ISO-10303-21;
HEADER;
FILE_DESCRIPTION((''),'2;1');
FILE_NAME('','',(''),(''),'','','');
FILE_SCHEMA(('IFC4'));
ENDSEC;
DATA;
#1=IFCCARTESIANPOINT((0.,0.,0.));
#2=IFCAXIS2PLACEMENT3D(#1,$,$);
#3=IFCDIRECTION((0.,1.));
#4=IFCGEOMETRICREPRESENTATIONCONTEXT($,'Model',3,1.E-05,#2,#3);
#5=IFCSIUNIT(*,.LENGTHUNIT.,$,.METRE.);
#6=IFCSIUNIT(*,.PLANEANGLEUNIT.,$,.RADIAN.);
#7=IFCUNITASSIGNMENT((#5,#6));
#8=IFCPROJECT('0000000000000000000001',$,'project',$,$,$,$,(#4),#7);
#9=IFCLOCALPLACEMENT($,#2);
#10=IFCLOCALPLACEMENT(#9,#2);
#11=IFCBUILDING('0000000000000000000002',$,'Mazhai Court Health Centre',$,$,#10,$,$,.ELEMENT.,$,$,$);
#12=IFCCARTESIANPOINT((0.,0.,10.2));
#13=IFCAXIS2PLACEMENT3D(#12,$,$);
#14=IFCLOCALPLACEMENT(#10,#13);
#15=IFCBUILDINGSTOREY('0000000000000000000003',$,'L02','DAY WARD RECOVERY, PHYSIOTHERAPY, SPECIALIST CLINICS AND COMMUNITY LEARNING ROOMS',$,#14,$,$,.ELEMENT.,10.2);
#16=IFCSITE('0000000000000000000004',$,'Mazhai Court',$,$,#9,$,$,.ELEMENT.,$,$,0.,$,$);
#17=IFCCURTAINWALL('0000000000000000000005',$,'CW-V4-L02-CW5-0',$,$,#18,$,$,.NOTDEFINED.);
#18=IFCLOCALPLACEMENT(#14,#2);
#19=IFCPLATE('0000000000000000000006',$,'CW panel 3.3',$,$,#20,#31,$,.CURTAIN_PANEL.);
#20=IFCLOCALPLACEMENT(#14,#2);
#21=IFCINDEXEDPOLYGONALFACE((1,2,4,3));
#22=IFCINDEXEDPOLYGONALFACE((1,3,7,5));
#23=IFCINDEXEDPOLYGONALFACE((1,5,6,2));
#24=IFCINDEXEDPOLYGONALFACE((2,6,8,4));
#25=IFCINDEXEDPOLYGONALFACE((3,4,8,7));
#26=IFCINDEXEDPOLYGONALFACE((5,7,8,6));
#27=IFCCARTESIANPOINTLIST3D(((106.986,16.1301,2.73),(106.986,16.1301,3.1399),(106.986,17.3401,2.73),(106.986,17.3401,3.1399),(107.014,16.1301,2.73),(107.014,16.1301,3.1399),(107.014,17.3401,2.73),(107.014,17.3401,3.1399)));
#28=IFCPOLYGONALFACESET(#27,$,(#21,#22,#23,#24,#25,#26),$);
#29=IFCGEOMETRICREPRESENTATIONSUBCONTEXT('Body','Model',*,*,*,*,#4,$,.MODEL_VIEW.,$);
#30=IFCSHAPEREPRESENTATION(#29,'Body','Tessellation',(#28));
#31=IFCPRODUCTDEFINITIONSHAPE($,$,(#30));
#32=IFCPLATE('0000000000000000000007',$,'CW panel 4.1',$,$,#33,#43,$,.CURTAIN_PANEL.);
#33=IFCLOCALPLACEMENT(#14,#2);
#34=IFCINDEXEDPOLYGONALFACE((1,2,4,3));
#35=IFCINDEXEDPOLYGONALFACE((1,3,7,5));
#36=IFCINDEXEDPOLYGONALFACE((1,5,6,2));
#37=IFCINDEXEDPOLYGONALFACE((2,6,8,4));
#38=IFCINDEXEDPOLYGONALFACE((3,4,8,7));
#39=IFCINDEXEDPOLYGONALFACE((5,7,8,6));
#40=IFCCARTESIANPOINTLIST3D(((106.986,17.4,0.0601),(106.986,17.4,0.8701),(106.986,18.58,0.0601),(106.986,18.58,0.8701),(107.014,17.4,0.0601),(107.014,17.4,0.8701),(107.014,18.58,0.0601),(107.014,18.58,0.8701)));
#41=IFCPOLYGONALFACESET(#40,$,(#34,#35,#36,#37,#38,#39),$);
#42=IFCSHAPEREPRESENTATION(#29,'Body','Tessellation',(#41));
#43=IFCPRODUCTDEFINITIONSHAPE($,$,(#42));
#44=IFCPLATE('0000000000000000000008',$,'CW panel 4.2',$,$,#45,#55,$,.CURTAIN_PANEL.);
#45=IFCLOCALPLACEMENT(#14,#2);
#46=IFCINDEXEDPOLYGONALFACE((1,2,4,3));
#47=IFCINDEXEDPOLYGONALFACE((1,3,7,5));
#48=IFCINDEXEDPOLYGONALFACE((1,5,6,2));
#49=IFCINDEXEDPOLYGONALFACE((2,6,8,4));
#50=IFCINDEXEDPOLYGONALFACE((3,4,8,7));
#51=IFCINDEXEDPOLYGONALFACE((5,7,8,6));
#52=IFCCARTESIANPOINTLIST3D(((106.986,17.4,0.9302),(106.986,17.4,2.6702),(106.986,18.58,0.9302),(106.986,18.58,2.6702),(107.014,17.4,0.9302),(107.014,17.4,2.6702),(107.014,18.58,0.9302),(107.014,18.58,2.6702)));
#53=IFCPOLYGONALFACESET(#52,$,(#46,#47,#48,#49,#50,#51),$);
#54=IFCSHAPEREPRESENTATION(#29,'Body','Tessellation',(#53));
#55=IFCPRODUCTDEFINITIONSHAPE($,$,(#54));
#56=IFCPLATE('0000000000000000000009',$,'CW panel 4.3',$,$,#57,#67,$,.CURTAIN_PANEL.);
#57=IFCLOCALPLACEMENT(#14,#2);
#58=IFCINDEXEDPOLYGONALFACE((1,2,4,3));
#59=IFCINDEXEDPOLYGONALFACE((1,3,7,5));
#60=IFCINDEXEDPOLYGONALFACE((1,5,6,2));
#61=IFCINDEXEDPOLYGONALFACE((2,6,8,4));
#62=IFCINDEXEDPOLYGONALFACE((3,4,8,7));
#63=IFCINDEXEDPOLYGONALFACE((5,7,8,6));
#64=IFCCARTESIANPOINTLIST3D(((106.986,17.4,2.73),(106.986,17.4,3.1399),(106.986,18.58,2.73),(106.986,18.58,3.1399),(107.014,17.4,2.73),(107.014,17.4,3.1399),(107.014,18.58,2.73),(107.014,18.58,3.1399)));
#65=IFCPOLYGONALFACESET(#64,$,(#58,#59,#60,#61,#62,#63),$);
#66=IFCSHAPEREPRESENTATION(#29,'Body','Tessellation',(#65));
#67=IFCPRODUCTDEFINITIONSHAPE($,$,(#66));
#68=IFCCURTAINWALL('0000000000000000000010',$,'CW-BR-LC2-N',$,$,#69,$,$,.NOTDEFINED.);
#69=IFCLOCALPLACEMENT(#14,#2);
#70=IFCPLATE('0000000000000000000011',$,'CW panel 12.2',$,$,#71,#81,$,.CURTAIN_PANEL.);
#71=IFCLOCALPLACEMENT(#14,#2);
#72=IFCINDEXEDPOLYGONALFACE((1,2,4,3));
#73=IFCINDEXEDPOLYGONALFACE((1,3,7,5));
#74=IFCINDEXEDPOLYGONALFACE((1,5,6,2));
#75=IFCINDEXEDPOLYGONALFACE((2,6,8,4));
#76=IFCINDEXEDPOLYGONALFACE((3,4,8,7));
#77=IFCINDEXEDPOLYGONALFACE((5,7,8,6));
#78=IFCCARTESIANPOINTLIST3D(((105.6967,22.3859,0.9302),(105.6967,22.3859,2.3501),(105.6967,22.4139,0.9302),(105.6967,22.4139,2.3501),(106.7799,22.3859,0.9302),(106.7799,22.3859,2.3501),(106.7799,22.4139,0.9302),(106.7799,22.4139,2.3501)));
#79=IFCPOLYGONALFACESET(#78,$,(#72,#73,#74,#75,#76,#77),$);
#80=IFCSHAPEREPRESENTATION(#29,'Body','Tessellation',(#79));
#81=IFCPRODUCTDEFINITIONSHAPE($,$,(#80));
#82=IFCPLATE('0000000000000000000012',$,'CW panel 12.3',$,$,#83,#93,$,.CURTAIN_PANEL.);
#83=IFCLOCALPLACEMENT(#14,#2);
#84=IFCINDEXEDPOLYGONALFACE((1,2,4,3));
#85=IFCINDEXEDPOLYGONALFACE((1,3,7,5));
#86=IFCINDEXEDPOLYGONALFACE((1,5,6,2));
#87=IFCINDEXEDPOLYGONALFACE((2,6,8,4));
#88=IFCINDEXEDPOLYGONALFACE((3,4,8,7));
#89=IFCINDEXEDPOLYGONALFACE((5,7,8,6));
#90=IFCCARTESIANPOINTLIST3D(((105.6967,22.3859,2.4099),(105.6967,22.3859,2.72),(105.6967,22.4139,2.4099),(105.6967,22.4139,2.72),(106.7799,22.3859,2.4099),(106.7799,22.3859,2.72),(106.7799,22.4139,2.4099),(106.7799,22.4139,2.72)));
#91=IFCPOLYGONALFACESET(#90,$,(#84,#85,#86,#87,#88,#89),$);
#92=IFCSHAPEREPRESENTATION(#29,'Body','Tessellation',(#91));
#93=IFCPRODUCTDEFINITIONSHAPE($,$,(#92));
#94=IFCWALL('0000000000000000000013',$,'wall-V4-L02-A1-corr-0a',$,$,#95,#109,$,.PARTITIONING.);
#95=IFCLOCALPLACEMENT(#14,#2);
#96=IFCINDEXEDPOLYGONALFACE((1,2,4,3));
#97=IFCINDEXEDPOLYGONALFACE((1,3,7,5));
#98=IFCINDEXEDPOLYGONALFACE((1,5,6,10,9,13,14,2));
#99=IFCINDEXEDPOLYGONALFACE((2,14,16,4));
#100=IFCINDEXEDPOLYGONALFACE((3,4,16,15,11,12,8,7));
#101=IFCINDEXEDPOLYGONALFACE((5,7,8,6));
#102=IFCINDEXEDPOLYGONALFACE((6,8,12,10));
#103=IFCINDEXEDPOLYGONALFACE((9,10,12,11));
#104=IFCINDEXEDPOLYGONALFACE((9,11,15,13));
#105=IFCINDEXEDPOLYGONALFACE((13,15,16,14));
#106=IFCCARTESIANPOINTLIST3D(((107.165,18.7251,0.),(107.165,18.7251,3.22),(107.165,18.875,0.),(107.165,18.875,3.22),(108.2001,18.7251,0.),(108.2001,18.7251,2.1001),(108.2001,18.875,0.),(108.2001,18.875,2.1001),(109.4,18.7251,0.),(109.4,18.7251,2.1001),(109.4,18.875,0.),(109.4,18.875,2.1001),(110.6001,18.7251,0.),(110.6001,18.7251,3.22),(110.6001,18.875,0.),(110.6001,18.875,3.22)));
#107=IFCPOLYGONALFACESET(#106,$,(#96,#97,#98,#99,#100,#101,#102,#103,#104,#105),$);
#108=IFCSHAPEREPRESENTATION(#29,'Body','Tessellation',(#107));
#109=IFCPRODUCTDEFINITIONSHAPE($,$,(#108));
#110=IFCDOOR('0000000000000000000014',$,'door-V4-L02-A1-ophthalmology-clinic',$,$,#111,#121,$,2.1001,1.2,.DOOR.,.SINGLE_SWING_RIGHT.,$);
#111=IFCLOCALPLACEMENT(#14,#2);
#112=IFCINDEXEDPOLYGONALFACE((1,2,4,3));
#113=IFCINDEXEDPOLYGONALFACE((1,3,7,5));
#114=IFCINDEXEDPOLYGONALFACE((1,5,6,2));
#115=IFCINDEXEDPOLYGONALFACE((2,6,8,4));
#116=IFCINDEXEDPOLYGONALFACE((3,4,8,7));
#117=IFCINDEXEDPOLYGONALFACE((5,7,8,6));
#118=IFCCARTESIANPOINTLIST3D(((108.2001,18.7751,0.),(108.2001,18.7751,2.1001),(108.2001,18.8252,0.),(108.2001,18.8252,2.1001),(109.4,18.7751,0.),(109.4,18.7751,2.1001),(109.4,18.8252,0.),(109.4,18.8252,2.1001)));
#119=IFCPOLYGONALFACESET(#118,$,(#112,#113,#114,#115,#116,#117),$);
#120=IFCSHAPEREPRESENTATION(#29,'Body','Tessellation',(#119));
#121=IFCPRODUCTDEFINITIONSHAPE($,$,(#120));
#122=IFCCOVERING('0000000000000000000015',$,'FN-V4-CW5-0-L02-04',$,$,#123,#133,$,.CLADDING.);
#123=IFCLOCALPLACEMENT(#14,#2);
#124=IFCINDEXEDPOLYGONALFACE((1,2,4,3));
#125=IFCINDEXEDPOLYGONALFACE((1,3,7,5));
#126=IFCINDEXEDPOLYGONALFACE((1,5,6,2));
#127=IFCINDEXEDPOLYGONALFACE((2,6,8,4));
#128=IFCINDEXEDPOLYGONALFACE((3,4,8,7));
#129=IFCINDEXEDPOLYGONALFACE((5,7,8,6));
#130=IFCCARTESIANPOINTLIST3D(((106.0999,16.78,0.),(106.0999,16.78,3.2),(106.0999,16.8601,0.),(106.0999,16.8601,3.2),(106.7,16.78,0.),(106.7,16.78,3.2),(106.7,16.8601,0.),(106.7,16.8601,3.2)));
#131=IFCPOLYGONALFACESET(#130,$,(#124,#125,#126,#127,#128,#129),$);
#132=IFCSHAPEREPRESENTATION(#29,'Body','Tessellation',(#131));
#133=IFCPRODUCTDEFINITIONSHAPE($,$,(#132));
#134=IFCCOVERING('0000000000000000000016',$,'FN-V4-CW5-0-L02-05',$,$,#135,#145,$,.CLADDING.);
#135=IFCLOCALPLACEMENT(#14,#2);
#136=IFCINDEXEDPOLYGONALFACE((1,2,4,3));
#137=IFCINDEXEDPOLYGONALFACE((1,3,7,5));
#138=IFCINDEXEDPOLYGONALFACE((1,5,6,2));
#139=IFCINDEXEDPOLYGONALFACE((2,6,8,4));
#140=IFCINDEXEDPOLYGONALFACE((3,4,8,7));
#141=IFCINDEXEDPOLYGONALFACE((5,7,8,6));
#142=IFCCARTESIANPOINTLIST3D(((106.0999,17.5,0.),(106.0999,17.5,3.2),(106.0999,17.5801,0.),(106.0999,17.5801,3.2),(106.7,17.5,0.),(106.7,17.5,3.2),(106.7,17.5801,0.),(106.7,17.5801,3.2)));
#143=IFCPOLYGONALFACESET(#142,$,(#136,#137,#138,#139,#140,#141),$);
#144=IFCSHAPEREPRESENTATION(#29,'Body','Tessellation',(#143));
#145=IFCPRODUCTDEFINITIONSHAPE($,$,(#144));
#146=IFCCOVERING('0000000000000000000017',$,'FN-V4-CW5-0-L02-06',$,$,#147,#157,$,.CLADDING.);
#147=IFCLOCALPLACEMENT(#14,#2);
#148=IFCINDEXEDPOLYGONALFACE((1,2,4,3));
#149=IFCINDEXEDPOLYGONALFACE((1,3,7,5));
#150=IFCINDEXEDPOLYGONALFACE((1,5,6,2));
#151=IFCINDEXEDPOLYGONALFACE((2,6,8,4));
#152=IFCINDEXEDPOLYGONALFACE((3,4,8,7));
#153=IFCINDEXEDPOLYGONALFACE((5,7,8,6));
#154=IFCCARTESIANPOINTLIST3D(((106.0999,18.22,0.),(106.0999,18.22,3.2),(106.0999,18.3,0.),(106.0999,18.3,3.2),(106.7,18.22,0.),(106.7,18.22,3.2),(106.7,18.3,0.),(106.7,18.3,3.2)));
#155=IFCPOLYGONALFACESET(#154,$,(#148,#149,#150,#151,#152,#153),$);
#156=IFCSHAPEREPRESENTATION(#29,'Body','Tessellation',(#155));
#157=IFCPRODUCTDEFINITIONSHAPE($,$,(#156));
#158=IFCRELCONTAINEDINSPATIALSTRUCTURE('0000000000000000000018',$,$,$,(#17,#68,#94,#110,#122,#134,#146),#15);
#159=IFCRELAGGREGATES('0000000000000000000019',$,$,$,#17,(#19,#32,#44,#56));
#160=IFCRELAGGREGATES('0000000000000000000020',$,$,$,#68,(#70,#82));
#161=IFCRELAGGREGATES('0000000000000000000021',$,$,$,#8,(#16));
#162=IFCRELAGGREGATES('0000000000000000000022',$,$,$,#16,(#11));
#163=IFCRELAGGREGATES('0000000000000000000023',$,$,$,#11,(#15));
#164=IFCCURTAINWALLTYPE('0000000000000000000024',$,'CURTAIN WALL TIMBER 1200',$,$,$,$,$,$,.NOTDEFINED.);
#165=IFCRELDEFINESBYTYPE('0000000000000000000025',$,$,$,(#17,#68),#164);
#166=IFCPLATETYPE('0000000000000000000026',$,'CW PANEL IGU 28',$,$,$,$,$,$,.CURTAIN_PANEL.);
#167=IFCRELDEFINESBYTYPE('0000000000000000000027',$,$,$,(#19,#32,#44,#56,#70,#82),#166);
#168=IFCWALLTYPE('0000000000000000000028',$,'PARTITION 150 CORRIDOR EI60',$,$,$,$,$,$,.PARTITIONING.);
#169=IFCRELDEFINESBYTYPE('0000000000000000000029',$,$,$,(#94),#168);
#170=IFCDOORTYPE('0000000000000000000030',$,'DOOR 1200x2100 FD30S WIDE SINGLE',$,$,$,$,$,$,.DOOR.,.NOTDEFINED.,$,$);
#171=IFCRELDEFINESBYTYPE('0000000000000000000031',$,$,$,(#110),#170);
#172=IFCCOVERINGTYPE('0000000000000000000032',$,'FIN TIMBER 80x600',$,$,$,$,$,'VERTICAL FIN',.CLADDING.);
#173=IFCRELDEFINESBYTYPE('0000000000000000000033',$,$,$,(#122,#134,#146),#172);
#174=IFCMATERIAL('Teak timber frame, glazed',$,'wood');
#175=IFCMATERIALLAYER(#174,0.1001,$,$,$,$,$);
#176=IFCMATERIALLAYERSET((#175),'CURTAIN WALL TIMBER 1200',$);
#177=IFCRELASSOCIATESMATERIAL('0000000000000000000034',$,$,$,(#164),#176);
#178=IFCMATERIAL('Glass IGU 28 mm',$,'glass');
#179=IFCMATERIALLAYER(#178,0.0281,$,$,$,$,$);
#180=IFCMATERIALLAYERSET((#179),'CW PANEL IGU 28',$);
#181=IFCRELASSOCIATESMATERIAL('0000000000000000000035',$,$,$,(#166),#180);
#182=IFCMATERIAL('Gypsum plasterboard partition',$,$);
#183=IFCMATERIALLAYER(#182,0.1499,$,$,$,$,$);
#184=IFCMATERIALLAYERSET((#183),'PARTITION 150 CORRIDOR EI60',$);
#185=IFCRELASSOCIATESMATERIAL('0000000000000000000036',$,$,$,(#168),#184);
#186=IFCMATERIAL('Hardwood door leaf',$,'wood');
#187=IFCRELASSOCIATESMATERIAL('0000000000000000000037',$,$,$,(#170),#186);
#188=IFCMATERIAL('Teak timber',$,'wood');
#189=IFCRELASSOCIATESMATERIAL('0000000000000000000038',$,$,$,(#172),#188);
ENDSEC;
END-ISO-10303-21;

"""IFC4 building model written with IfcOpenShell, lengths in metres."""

from ifc_helpers import new_model, si_unit, direction, frame, frame_2d, origin, origin_2d, place, context, subcontext, project, spatial, rectangle, extrude, material, layer, layer_set, type_object, element, fill, aggregate, save


model = new_model("IFC4")

# Units and contexts
model_context = context("Model", 3, precision=1e-05, world=origin(), true_north=direction((0.0, 1.0)))
body_context = subcontext(model_context, "Body", "Model", "MODEL_VIEW")
ifc_project = project(units=[si_unit("LENGTHUNIT", "METRE"), si_unit("PLANEANGLEUNIT", "RADIAN")], contexts=[model_context])

# Site, building, storey
site_placement = place(None, origin())
site = spatial("IfcSite", under=ifc_project, at=site_placement, Name="Mazhai Court", CompositionType="ELEMENT", RefElevation=0.0)
building_placement = place(site_placement, origin())
building = spatial("IfcBuilding", under=site, at=building_placement, Name="Mazhai Court Health Centre", CompositionType="ELEMENT")
storey_placement = place(building_placement, frame((0.0, 0.0, 10.2)))
storey = spatial("IfcBuildingStorey", under=building, at=storey_placement, Name="L02", Description="DAY WARD RECOVERY, PHYSIOTHERAPY, SPECIALIST CLINICS AND COMMUNITY LEARNING ROOMS", CompositionType="ELEMENT", Elevation=10.2)

# Curtain wall
ifc_material_1 = material(Name="Teak timber frame, glazed", Category="wood")
ifc_layer_1 = layer(ifc_material_1, 0.1001)
ifc_layer_set_1 = layer_set([ifc_layer_1], Name="CURTAIN WALL TIMBER 1200")
curtain_wall_type = type_object("IfcCurtainWallType", Name="CURTAIN WALL TIMBER 1200", PredefinedType="NOTDEFINED", material=ifc_layer_set_1)
curtain_wall_1_placement = place(storey_placement, origin())
curtain_wall_1 = element("IfcCurtainWall", 1, at=curtain_wall_1_placement, inside=storey, type_object=curtain_wall_type, Name="CW-V4-L02-CW5-0", PredefinedType="NOTDEFINED")

# Plates
ifc_material_2 = material(Name="Glass IGU 28 mm", Category="glass")
ifc_layer_2 = layer(ifc_material_2, 0.0281)
ifc_layer_set_2 = layer_set([ifc_layer_2], Name="CW PANEL IGU 28")
plate_type = type_object("IfcPlateType", Name="CW PANEL IGU 28", PredefinedType="CURTAIN_PANEL", material=ifc_layer_set_2)
plate_1_placement = place(storey_placement, frame((107.0, 16.7351, 2.73), z_axis=(0.0, 0.0, 1.0), x_axis=(0.0, 1.0, 0.0)))
plate_1 = element("IfcPlate", 2, at=plate_1_placement, type_object=plate_type, Name="CW panel 3.3", PredefinedType="CURTAIN_PANEL", context=body_context, shape_type="SweptSolid", body=[
    extrude(rectangle(XDim=1.21, YDim=0.0281, at=origin_2d()), origin(), (0.0, 0.0, 1.0), 0.4099),
])
plate_2_placement = place(storey_placement, frame((107.0, 17.99, 0.0601), z_axis=(0.0, 0.0, 1.0), x_axis=(0.0, 1.0, 0.0)))
plate_2 = element("IfcPlate", 3, at=plate_2_placement, type_object=plate_type, Name="CW panel 4.1", PredefinedType="CURTAIN_PANEL", context=body_context, shape_type="SweptSolid", body=[
    extrude(rectangle(XDim=1.1799, YDim=0.0281, at=origin_2d()), origin(), (0.0, 0.0, 1.0), 0.8101),
])
plate_3_placement = place(storey_placement, frame((107.0, 17.99, 0.9302), z_axis=(0.0, 0.0, 1.0), x_axis=(0.0, 1.0, 0.0)))
plate_3 = element("IfcPlate", 4, at=plate_3_placement, type_object=plate_type, Name="CW panel 4.2", PredefinedType="CURTAIN_PANEL", context=body_context, shape_type="SweptSolid", body=[
    extrude(rectangle(XDim=1.1799, YDim=0.0281, at=origin_2d()), origin(), (0.0, 0.0, 1.0), 1.74),
])
plate_4_placement = place(storey_placement, frame((107.0, 17.99, 2.73), z_axis=(0.0, 0.0, 1.0), x_axis=(0.0, 1.0, 0.0)))
plate_4 = element("IfcPlate", 5, at=plate_4_placement, type_object=plate_type, Name="CW panel 4.3", PredefinedType="CURTAIN_PANEL", context=body_context, shape_type="SweptSolid", body=[
    extrude(rectangle(XDim=1.1799, YDim=0.0281, at=origin_2d()), origin(), (0.0, 0.0, 1.0), 0.4099),
])
aggregate(curtain_wall_1, [plate_1, plate_2, plate_3, plate_4])

# Curtain wall, plates
curtain_wall_2_placement = place(storey_placement, origin())
curtain_wall_2 = element("IfcCurtainWall", 6, at=curtain_wall_2_placement, inside=storey, type_object=curtain_wall_type, Name="CW-BR-LC2-N", PredefinedType="NOTDEFINED")
plate_5_placement = place(storey_placement, frame((106.2383, 22.3999, 0.9302), z_axis=(0.0, 0.0, 1.0), x_axis=(1.0, 0.0, 0.0)))
plate_5 = element("IfcPlate", 7, at=plate_5_placement, type_object=plate_type, Name="CW panel 12.2", PredefinedType="CURTAIN_PANEL", context=body_context, shape_type="SweptSolid", body=[
    extrude(rectangle(XDim=1.0833, YDim=0.0281, at=origin_2d()), origin(), (0.0, 0.0, 1.0), 1.4199),
])
plate_6_placement = place(storey_placement, frame((106.2383, 22.3999, 2.4099), z_axis=(0.0, 0.0, 1.0), x_axis=(1.0, 0.0, 0.0)))
plate_6 = element("IfcPlate", 8, at=plate_6_placement, type_object=plate_type, Name="CW panel 12.3", PredefinedType="CURTAIN_PANEL", context=body_context, shape_type="SweptSolid", body=[
    extrude(rectangle(XDim=1.0833, YDim=0.0281, at=origin_2d()), origin(), (0.0, 0.0, 1.0), 0.3101),
])
aggregate(curtain_wall_2, [plate_5, plate_6])

# Wall, opening, door
ifc_material_3 = material(Name="Gypsum plasterboard partition")
ifc_layer_3 = layer(ifc_material_3, 0.1499)
ifc_layer_set_3 = layer_set([ifc_layer_3], Name="PARTITION 150 CORRIDOR EI60")
wall_type = type_object("IfcWallType", Name="PARTITION 150 CORRIDOR EI60", PredefinedType="PARTITIONING", material=ifc_layer_set_3)
wall_placement = place(storey_placement, frame((110.6001, 18.8, 0.0), z_axis=(0.0, 0.0, 1.0), x_axis=(-1.0, 0.0, 0.0)))
wall = element("IfcWall", 9, at=wall_placement, inside=storey, type_object=wall_type, Name="wall-V4-L02-A1-corr-0a", PredefinedType="PARTITIONING", context=body_context, shape_type="SweptSolid", body=[
    extrude(rectangle(XDim=3.4351, YDim=0.1499, at=frame_2d((1.7175, 0.0))), origin(), (0.0, 0.0, 1.0), 3.22),
])
opening_placement = place(wall_placement, frame((1.2, 0.0, 0.0)))
opening = element("IfcOpeningElement", 10, at=opening_placement, cuts=wall, PredefinedType="OPENING", context=body_context, shape_type="SweptSolid", body=[
    extrude(rectangle(XDim=1.2, YDim=2.1001, at=frame_2d((0.6001, 1.05))), frame((0.0, 0.085, 0.0), z_axis=(0.0, -1.0, 0.0), x_axis=(1.0, 0.0, 0.0)), (0.0, 0.0, 1.0), 0.1699),
])
ifc_material_4 = material(Name="Hardwood door leaf", Category="wood")
door_type = type_object("IfcDoorType", Name="DOOR 1200x2100 FD30S WIDE SINGLE", OperationType="NOTDEFINED", PredefinedType="DOOR", material=ifc_material_4)
door_placement = place(opening_placement, origin())
door = element("IfcDoor", 11, at=door_placement, inside=storey, type_object=door_type, Name="door-V4-L02-A1-ophthalmology-clinic", OperationType="SINGLE_SWING_RIGHT", OverallHeight=2.1001, OverallWidth=1.2, PredefinedType="DOOR", context=body_context, shape_type="SweptSolid", body=[
    extrude(rectangle(XDim=1.2, YDim=2.1001, at=frame_2d((0.6001, 1.05))), frame((0.0, 0.0249, 0.0), z_axis=(0.0, -1.0, 0.0), x_axis=(1.0, 0.0, 0.0)), (0.0, 0.0, 1.0), 0.05),
])
fill(opening, door)

# Coverings
ifc_material_5 = material(Name="Teak timber", Category="wood")
covering_type = type_object("IfcCoveringType", Name="FIN TIMBER 80x600", ElementType="VERTICAL FIN", PredefinedType="CLADDING", material=ifc_material_5)
for number, where, z_axis, x_axis, name in (
    (12, (106.3999, 16.8201, 0.0), (0.0, 0.0, 1.0), (0.0, 1.0, 0.0), "FN-V4-CW5-0-L02-04"),
    (13, (106.3999, 17.54, 0.0), (0.0, 0.0, 1.0), (0.0, 1.0, 0.0), "FN-V4-CW5-0-L02-05"),
    (14, (106.3999, 18.26, 0.0), (0.0, 0.0, 1.0), (0.0, 1.0, 0.0), "FN-V4-CW5-0-L02-06"),
):
    element("IfcCovering", number, at=place(storey_placement, frame(where, z_axis=z_axis, x_axis=x_axis)), inside=storey, type_object=covering_type, Name=name, PredefinedType="CLADDING", context=body_context, shape_type="SweptSolid", body=[
        extrude(rectangle(XDim=0.0801, YDim=0.6001, at=origin_2d()), origin(), (0.0, 0.0, 1.0), 3.2),
    ])

save(model, "model.ifc")
